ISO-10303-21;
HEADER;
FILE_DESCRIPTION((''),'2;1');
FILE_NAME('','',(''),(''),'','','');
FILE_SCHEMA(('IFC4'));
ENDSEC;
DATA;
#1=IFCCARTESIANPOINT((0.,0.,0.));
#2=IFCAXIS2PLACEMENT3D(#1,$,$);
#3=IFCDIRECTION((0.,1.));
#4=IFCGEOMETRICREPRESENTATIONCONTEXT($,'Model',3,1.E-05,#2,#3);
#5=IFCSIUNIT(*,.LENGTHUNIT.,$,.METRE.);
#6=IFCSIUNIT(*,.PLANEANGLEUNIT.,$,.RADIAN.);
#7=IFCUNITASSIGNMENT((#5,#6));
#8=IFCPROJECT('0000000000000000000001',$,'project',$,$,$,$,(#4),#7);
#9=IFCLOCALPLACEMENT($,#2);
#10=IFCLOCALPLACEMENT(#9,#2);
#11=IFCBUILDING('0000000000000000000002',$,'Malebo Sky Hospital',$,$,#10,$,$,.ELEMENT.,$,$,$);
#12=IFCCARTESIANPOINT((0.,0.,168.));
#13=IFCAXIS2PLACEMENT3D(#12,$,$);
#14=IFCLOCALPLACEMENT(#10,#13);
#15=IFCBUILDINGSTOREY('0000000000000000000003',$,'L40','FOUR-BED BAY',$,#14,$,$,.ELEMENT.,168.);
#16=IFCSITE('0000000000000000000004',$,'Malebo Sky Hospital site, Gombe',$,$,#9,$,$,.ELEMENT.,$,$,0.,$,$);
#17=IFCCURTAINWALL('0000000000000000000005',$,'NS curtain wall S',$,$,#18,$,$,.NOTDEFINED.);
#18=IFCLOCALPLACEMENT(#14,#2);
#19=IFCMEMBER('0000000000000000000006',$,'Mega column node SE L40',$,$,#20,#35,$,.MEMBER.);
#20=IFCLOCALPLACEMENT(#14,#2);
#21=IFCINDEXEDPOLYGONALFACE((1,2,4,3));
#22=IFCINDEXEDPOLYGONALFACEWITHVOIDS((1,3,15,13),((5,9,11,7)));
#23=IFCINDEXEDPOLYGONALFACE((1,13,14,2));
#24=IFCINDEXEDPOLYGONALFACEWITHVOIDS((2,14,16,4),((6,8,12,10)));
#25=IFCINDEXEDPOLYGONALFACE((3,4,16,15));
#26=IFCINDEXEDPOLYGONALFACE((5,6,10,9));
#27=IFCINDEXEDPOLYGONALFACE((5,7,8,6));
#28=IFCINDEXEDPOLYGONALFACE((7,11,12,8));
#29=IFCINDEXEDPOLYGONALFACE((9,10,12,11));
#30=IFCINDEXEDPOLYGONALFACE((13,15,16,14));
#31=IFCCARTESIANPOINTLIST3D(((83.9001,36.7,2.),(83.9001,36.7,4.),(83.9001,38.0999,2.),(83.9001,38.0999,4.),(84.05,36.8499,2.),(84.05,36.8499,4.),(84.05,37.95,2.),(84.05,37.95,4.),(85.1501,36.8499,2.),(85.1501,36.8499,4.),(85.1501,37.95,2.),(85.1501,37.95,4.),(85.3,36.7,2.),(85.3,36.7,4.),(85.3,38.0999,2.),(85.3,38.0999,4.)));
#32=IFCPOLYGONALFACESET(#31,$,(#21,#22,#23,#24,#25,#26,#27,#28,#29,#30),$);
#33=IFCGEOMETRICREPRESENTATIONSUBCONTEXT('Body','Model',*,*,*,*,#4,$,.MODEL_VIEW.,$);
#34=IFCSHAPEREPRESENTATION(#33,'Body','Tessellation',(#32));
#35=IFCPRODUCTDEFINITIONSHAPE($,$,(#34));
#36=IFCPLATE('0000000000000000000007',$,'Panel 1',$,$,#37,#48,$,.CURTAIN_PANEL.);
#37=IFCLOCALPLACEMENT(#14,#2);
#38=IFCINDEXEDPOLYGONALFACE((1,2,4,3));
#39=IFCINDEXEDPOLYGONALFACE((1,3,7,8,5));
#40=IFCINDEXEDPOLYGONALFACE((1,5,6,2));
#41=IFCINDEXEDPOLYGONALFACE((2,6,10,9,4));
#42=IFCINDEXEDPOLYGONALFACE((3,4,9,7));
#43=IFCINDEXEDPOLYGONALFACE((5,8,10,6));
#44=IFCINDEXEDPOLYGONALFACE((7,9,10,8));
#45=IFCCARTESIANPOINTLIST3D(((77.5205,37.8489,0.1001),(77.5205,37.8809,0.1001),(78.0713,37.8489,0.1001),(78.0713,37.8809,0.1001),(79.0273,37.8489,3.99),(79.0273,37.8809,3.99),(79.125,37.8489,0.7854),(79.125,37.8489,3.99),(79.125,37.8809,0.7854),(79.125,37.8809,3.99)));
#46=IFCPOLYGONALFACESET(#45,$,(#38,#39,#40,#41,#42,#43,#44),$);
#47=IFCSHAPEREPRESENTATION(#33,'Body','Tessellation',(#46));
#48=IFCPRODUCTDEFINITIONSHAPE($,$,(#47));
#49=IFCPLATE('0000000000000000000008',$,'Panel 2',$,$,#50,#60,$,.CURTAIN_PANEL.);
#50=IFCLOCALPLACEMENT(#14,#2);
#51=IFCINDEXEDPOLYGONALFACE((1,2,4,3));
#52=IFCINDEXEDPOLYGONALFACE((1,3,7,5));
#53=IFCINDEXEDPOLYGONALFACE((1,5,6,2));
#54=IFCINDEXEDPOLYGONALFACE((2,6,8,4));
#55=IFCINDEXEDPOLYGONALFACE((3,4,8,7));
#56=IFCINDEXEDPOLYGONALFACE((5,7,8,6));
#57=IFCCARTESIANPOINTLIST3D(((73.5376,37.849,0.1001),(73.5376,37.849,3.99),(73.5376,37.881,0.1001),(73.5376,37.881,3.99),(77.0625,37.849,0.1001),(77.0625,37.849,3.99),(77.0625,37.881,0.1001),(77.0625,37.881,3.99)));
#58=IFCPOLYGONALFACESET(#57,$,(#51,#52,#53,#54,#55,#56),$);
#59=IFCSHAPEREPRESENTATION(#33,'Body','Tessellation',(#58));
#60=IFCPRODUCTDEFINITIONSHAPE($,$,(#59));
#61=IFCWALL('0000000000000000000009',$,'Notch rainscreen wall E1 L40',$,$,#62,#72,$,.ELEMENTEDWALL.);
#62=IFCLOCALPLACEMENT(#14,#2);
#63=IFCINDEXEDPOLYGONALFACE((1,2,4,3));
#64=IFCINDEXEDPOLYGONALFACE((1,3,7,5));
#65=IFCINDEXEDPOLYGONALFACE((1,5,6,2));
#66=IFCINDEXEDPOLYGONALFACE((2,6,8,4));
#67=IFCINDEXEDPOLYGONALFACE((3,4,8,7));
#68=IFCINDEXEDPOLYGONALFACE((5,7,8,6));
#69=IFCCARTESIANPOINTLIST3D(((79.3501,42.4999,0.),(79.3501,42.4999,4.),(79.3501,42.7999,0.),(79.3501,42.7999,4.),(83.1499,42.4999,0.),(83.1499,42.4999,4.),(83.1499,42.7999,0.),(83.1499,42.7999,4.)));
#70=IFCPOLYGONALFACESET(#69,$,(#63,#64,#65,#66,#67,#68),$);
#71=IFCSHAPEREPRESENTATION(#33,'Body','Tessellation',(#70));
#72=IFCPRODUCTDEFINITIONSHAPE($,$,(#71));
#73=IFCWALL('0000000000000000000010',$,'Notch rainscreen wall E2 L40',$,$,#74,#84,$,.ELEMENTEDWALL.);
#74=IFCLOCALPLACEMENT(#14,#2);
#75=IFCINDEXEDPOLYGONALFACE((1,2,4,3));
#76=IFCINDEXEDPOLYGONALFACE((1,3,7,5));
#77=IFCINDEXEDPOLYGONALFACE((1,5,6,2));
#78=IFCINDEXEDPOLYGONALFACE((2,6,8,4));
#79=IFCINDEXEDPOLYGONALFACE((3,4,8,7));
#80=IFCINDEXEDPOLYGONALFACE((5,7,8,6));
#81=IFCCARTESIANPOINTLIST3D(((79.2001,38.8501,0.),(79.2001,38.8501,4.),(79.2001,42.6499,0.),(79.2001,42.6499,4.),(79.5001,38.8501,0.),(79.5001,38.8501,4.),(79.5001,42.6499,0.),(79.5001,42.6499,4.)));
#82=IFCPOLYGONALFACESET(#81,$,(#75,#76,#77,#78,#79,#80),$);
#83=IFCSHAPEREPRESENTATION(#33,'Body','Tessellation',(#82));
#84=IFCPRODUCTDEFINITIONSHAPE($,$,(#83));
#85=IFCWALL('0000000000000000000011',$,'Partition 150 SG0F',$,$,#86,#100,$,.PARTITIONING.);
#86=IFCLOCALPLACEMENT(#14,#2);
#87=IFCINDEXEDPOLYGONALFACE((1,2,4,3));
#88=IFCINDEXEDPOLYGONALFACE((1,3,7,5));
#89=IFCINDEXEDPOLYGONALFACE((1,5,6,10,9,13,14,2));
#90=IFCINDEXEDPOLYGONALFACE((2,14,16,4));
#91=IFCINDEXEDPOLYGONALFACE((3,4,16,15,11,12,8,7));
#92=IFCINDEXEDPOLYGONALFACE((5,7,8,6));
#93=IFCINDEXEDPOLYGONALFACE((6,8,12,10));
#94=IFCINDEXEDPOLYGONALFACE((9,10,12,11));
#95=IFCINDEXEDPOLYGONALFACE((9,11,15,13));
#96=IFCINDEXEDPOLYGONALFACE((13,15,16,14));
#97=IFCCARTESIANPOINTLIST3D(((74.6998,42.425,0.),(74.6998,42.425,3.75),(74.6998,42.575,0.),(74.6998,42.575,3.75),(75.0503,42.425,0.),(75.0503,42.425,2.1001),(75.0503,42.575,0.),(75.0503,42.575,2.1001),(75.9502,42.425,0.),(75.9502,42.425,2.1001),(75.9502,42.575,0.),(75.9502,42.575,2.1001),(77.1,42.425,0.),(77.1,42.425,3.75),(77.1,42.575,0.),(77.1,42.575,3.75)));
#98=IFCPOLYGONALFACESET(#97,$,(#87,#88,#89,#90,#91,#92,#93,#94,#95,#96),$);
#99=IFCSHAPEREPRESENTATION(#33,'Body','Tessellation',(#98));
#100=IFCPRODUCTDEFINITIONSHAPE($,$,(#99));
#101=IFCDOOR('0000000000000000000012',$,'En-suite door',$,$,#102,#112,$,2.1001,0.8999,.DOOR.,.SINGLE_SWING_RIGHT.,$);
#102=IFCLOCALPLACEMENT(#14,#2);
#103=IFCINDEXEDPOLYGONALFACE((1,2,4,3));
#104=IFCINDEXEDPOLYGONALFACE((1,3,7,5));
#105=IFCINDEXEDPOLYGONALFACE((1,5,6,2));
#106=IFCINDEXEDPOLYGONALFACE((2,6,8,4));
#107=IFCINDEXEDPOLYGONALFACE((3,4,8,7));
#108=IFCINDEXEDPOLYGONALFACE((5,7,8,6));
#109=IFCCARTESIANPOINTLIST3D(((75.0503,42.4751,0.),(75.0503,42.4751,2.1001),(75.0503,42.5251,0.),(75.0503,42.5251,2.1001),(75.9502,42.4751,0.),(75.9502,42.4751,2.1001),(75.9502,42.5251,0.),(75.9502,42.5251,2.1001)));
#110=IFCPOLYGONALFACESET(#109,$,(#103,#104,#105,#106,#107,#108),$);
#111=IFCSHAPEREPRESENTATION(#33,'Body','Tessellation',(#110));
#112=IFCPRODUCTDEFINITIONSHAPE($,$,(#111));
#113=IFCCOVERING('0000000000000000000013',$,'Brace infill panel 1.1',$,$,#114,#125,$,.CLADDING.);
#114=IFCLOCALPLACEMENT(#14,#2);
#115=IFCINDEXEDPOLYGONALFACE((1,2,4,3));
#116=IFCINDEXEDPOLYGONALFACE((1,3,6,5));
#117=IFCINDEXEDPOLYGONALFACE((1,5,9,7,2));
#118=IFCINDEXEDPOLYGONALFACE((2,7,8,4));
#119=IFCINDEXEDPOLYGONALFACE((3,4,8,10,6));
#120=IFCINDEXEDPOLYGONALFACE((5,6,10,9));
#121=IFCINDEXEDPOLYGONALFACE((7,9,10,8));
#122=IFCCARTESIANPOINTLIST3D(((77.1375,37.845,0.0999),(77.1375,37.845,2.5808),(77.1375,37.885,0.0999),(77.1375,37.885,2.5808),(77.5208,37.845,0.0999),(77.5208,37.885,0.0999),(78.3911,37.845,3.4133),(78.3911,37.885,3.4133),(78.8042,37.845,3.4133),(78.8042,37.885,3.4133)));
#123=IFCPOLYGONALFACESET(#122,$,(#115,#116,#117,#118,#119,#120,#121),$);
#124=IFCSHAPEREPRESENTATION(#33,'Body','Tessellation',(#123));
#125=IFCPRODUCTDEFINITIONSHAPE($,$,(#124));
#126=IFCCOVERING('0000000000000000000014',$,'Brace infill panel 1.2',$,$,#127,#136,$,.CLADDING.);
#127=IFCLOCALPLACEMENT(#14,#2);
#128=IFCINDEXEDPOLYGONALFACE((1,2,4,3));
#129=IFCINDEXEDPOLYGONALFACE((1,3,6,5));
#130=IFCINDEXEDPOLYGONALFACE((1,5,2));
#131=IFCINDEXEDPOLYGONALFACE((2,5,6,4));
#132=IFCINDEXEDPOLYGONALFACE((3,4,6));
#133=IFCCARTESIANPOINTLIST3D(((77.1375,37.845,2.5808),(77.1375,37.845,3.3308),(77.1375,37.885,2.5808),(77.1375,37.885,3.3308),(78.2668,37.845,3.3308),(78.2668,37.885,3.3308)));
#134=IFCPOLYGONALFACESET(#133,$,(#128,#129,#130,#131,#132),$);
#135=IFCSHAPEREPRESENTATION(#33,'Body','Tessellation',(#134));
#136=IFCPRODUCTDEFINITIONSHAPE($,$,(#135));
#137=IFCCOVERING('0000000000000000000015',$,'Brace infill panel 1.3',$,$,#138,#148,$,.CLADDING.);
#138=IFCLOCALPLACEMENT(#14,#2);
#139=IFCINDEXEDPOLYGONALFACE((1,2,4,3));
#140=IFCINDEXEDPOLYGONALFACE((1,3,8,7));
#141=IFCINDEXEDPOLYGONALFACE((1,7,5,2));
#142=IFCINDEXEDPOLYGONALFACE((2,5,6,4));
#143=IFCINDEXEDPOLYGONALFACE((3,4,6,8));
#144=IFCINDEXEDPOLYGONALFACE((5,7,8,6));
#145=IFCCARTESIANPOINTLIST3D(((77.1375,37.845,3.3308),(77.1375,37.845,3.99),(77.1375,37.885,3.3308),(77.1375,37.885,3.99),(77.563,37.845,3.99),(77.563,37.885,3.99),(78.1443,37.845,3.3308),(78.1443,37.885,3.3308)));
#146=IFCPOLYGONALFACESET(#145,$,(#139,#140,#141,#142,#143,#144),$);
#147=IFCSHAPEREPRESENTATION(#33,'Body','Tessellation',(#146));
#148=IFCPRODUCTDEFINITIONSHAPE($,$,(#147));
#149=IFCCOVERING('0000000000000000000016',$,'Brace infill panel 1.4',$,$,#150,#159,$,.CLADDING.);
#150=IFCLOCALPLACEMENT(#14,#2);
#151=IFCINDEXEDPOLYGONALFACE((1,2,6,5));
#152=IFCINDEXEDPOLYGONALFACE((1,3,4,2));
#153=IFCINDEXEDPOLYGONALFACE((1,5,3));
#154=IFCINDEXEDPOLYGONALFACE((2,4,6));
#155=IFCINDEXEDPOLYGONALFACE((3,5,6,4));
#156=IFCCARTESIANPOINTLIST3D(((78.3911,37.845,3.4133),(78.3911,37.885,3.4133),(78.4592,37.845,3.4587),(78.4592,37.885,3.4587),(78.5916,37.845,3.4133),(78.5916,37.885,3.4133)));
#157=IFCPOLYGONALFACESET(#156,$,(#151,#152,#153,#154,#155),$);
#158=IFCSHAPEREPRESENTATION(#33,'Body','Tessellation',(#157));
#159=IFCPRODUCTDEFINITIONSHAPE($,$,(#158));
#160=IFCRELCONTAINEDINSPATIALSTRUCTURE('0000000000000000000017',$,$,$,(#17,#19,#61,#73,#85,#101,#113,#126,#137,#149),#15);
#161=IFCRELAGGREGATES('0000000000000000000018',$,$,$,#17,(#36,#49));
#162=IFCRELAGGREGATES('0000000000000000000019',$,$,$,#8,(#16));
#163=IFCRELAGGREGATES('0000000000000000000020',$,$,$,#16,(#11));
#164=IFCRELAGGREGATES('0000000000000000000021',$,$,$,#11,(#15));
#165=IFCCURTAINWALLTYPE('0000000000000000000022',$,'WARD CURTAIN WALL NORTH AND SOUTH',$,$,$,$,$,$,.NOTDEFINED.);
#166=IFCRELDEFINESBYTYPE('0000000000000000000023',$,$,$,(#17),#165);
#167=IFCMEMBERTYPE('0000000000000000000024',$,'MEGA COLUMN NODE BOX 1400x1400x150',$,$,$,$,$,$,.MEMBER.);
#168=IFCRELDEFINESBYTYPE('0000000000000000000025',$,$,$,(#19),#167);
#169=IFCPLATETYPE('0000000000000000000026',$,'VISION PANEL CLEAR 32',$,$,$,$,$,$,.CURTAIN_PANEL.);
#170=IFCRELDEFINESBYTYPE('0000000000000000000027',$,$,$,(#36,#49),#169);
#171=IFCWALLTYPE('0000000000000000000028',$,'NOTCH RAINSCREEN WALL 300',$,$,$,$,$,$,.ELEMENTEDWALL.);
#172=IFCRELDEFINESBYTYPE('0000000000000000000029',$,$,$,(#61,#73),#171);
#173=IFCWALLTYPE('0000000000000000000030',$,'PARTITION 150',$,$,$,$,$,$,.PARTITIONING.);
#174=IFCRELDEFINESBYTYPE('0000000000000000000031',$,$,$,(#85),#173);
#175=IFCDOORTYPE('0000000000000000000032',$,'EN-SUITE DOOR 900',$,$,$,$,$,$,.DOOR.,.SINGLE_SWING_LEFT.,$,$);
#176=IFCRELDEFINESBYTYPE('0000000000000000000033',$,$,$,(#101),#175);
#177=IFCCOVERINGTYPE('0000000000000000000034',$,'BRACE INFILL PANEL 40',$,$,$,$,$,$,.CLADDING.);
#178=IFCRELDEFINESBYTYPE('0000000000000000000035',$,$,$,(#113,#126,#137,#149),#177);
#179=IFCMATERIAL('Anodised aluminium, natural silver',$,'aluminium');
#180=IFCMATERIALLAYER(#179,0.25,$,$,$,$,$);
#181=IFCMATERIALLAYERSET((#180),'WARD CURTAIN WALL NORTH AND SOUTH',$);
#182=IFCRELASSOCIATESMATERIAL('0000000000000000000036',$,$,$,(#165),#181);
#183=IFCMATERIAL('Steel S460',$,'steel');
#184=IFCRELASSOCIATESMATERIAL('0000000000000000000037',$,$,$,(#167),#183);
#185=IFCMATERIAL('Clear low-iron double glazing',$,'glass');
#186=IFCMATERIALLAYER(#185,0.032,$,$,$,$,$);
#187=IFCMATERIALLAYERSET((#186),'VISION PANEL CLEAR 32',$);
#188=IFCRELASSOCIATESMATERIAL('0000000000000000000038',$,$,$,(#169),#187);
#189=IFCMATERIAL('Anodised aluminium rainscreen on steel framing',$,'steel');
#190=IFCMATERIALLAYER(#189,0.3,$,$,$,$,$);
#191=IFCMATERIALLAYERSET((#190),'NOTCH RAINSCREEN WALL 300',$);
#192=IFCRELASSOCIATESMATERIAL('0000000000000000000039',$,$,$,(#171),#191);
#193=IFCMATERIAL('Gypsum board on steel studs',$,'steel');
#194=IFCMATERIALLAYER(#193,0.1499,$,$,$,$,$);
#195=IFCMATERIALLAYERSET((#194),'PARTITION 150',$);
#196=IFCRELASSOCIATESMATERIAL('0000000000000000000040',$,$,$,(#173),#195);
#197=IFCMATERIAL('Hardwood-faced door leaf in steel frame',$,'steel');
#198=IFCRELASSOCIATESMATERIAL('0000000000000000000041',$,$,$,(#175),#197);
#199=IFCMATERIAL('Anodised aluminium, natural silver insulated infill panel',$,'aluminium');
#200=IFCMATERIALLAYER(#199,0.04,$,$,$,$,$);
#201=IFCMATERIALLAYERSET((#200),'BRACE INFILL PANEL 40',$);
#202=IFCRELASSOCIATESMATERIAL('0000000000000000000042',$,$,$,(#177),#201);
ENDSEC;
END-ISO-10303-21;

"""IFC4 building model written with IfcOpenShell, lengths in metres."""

from ifc_helpers import new_model, si_unit, direction, frame, frame_2d, origin, origin_2d, place, context, subcontext, project, spatial, polyline, rectangle, hollow_rectangle, outline, extrude, material, layer, layer_set, material_profile, profile_set, type_object, element, fill, aggregate, save


model = new_model("IFC4")

# Units and contexts
model_context = context("Model", 3, precision=1e-05, world=origin(), true_north=direction((0.0, 1.0)))
body_context = subcontext(model_context, "Body", "Model", "MODEL_VIEW")
ifc_project = project(units=[si_unit("LENGTHUNIT", "METRE"), si_unit("PLANEANGLEUNIT", "RADIAN")], contexts=[model_context])

# Site, building, storey
site_placement = place(None, origin())
site = spatial("IfcSite", under=ifc_project, at=site_placement, Name="Malebo Sky Hospital site, Gombe", CompositionType="ELEMENT", RefElevation=0.0)
building_placement = place(site_placement, origin())
building = spatial("IfcBuilding", under=site, at=building_placement, Name="Malebo Sky Hospital", CompositionType="ELEMENT")
storey_placement = place(building_placement, frame((0.0, 0.0, 168.0)))
storey = spatial("IfcBuildingStorey", under=building, at=storey_placement, Name="L40", Description="FOUR-BED BAY", CompositionType="ELEMENT", Elevation=168.0)

# Shared definitions
ifc_material_1 = material(Name="Steel S460", Category="steel")

# Curtain wall
ifc_material_2 = material(Name="Anodised aluminium, natural silver", Category="aluminium")
ifc_layer_1 = layer(ifc_material_2, 0.25)
ifc_layer_set_1 = layer_set([ifc_layer_1], Name="WARD CURTAIN WALL NORTH AND SOUTH")
curtain_wall_type = type_object("IfcCurtainWallType", Name="WARD CURTAIN WALL NORTH AND SOUTH", PredefinedType="NOTDEFINED", material=ifc_layer_set_1)
curtain_wall_placement = place(storey_placement, origin())
curtain_wall = element("IfcCurtainWall", 1, at=curtain_wall_placement, inside=storey, type_object=curtain_wall_type, Name="NS curtain wall S", PredefinedType="NOTDEFINED")

# Member
ifc_material_profile_1 = material_profile(ifc_material_1, hollow_rectangle(XDim=1.3999, YDim=1.3999, WallThickness=0.1499, at=origin_2d()), Name="BOX 1400x1400x150")
ifc_profile_set_1 = profile_set([ifc_material_profile_1], Name="Steel S460")
member_type_1 = type_object("IfcMemberType", Name="MEGA COLUMN NODE BOX 1400x1400x150", PredefinedType="MEMBER", material=ifc_profile_set_1)
member_1_placement = place(storey_placement, frame((84.6001, 37.3999, 2.0), z_axis=(0.0, 0.0, 1.0), x_axis=(1.0, 0.0, 0.0)))
element("IfcMember", 2, at=member_1_placement, inside=storey, type_object=member_type_1, Name="Mega column node SE L40", PredefinedType="MEMBER", context=body_context, shape_type="SweptSolid", body=[
    extrude(hollow_rectangle(XDim=1.3999, YDim=1.3999, WallThickness=0.1499, at=origin_2d()), origin(), (0.0, 0.0, 1.0), 2.0),
])

# Plates
ifc_material_3 = material(Name="Clear low-iron double glazing", Category="glass")
ifc_layer_2 = layer(ifc_material_3, 0.032)
ifc_layer_set_2 = layer_set([ifc_layer_2], Name="VISION PANEL CLEAR 32")
plate_type = type_object("IfcPlateType", Name="VISION PANEL CLEAR 32", PredefinedType="CURTAIN_PANEL", material=ifc_layer_set_2)
plate_1_placement = place(storey_placement, frame((78.3228, 37.865, 0.1001), z_axis=(0.0, 0.0, 1.0), x_axis=(-1.0, 0.0, 0.0)))
plate_1 = element("IfcPlate", 3, at=plate_1_placement, type_object=plate_type, Name="Panel 1", PredefinedType="CURTAIN_PANEL", context=body_context, shape_type="SweptSolid", body=[
    extrude(outline(polyline([(0.2515, 0.0), (0.8022, 0.0), (-0.7046, 3.8899), (-0.8022, 3.8899), (-0.8022, 0.6853), (0.2515, 0.0)])), frame((0.0, 0.0161, 0.0), z_axis=(0.0, -1.0, 0.0), x_axis=(1.0, 0.0, 0.0)), (0.0, 0.0, 1.0), 0.032),
])
plate_2_placement = place(storey_placement, frame((75.3, 37.865, 0.1001), z_axis=(0.0, 0.0, 1.0), x_axis=(-1.0, 0.0, 0.0)))
plate_2 = element("IfcPlate", 4, at=plate_2_placement, type_object=plate_type, Name="Panel 2", PredefinedType="CURTAIN_PANEL", context=body_context, shape_type="SweptSolid", body=[
    extrude(rectangle(XDim=3.5249, YDim=0.032, at=origin_2d()), origin(), (0.0, 0.0, 1.0), 3.8899),
])
aggregate(curtain_wall, [plate_1, plate_2])

# Walls
ifc_material_4 = material(Name="Anodised aluminium rainscreen on steel framing", Category="steel")
ifc_layer_3 = layer(ifc_material_4, 0.3)
ifc_layer_set_3 = layer_set([ifc_layer_3], Name="NOTCH RAINSCREEN WALL 300")
wall_type_1 = type_object("IfcWallType", Name="NOTCH RAINSCREEN WALL 300", PredefinedType="ELEMENTEDWALL", material=ifc_layer_set_3)
for number, where, z_axis, x_axis, name in (
    (5, (83.1499, 42.6499, 0.0), (0.0, 0.0, 1.0), (-1.0, 0.0, 0.0), "Notch rainscreen wall E1 L40"),
    (6, (79.3501, 42.6499, 0.0), (0.0, 0.0, 1.0), (0.0, -1.0, 0.0), "Notch rainscreen wall E2 L40"),
):
    element("IfcWall", number, at=place(storey_placement, frame(where, z_axis=z_axis, x_axis=x_axis)), inside=storey, type_object=wall_type_1, Name=name, PredefinedType="ELEMENTEDWALL", context=body_context, shape_type="SweptSolid", body=[
        extrude(rectangle(XDim=3.7998, YDim=0.3, at=frame_2d((1.8999, 0.0))), origin(), (0.0, 0.0, 1.0), 4.0),
    ])

# Wall, opening, door
ifc_material_5 = material(Name="Gypsum board on steel studs", Category="steel")
ifc_layer_4 = layer(ifc_material_5, 0.1499)
ifc_layer_set_4 = layer_set([ifc_layer_4], Name="PARTITION 150")
wall_type_2 = type_object("IfcWallType", Name="PARTITION 150", PredefinedType="PARTITIONING", material=ifc_layer_set_4)
wall_placement = place(storey_placement, frame((77.1001, 42.5, 0.0), z_axis=(0.0, 0.0, 1.0), x_axis=(-1.0, 0.0, 0.0)))
wall = element("IfcWall", 7, at=wall_placement, inside=storey, type_object=wall_type_2, Name="Partition 150 SG0F", PredefinedType="PARTITIONING", context=body_context, shape_type="SweptSolid", body=[
    extrude(rectangle(XDim=2.4001, YDim=0.1499, at=frame_2d((1.2002, 0.0))), origin(), (0.0, 0.0, 1.0), 3.75),
])
opening_placement = place(wall_placement, frame((1.1499, 0.0, 0.0)))
opening = element("IfcOpeningElement", 8, at=opening_placement, cuts=wall, PredefinedType="OPENING", context=body_context, shape_type="SweptSolid", body=[
    extrude(rectangle(XDim=0.8999, YDim=2.1001, at=frame_2d((0.45, 1.05))), frame((0.0, 0.085, 0.0), z_axis=(0.0, -1.0, 0.0), x_axis=(1.0, 0.0, 0.0)), (0.0, 0.0, 1.0), 0.1699),
])
ifc_material_6 = material(Name="Hardwood-faced door leaf in steel frame", Category="steel")
door_type = type_object("IfcDoorType", Name="EN-SUITE DOOR 900", OperationType="SINGLE_SWING_LEFT", PredefinedType="DOOR", material=ifc_material_6)
door_placement = place(opening_placement, origin())
door = element("IfcDoor", 9, at=door_placement, inside=storey, type_object=door_type, Name="En-suite door", OperationType="SINGLE_SWING_RIGHT", OverallHeight=2.1001, OverallWidth=0.8999, PredefinedType="DOOR", context=body_context, shape_type="SweptSolid", body=[
    extrude(rectangle(XDim=0.8999, YDim=2.1001, at=frame_2d((0.45, 1.05))), frame((0.0, 0.0249, 0.0), z_axis=(0.0, -1.0, 0.0), x_axis=(1.0, 0.0, 0.0)), (0.0, 0.0, 1.0), 0.05),
])
fill(opening, door)

# Coverings
ifc_material_7 = material(Name="Anodised aluminium, natural silver insulated infill panel", Category="aluminium")
ifc_layer_5 = layer(ifc_material_7, 0.04)
ifc_layer_set_5 = layer_set([ifc_layer_5], Name="BRACE INFILL PANEL 40")
covering_type = type_object("IfcCoveringType", Name="BRACE INFILL PANEL 40", PredefinedType="CLADDING", material=ifc_layer_set_5)
covering_1_placement = place(storey_placement, frame((77.9709, 37.865, 0.0999), z_axis=(0.0, 0.0, 1.0), x_axis=(-1.0, 0.0, 0.0)))
element("IfcCovering", 10, at=covering_1_placement, inside=storey, type_object=covering_type, Name="Brace infill panel 1.1", PredefinedType="CLADDING", context=body_context, shape_type="SweptSolid", body=[
    extrude(outline(polyline([(0.4502, 0.0), (0.8335, 0.0), (0.8335, 2.481), (-0.4202, 3.3135), (-0.8333, 3.3135), (0.4502, 0.0)])), frame((0.0, 0.02, 0.0), z_axis=(0.0, -1.0, 0.0), x_axis=(1.0, 0.0, 0.0)), (0.0, 0.0, 1.0), 0.04),
])
covering_2_placement = place(storey_placement, frame((77.7021, 37.865, 2.5808), z_axis=(0.0, 0.0, 1.0), x_axis=(-1.0, 0.0, 0.0)))
element("IfcCovering", 11, at=covering_2_placement, inside=storey, type_object=covering_type, Name="Brace infill panel 1.2", PredefinedType="CLADDING", context=body_context, shape_type="SweptSolid", body=[
    extrude(outline(polyline([(0.5647, 0.0), (0.5647, 0.75), (-0.5647, 0.75), (0.5647, 0.0)])), frame((0.0, 0.02, 0.0), z_axis=(0.0, -1.0, 0.0), x_axis=(1.0, 0.0, 0.0)), (0.0, 0.0, 1.0), 0.04),
])
covering_3_placement = place(storey_placement, frame((77.6409, 37.865, 3.3308), z_axis=(0.0, 0.0, 1.0), x_axis=(-1.0, 0.0, 0.0)))
element("IfcCovering", 12, at=covering_3_placement, inside=storey, type_object=covering_type, Name="Brace infill panel 1.3", PredefinedType="CLADDING", context=body_context, shape_type="SweptSolid", body=[
    extrude(outline(polyline([(-0.5034, 0.0), (0.5034, 0.0), (0.5034, 0.6592), (0.0779, 0.6592), (-0.5034, 0.0)])), frame((0.0, 0.02, 0.0), z_axis=(0.0, -1.0, 0.0), x_axis=(1.0, 0.0, 0.0)), (0.0, 0.0, 1.0), 0.04),
])
covering_4_placement = place(storey_placement, frame((78.4912, 37.865, 3.4133), z_axis=(0.0, 0.0, 1.0), x_axis=(-1.0, 0.0, 0.0)))
element("IfcCovering", 13, at=covering_4_placement, inside=storey, type_object=covering_type, Name="Brace infill panel 1.4", PredefinedType="CLADDING", context=body_context, shape_type="SweptSolid", body=[
    extrude(outline(polyline([(-0.1003, 0.0), (0.1001, 0.0), (0.032, 0.0454), (-0.1003, 0.0)])), frame((0.0, 0.02, 0.0), z_axis=(0.0, -1.0, 0.0), x_axis=(1.0, 0.0, 0.0)), (0.0, 0.0, 1.0), 0.04),
])

save(model, "model.ifc")
